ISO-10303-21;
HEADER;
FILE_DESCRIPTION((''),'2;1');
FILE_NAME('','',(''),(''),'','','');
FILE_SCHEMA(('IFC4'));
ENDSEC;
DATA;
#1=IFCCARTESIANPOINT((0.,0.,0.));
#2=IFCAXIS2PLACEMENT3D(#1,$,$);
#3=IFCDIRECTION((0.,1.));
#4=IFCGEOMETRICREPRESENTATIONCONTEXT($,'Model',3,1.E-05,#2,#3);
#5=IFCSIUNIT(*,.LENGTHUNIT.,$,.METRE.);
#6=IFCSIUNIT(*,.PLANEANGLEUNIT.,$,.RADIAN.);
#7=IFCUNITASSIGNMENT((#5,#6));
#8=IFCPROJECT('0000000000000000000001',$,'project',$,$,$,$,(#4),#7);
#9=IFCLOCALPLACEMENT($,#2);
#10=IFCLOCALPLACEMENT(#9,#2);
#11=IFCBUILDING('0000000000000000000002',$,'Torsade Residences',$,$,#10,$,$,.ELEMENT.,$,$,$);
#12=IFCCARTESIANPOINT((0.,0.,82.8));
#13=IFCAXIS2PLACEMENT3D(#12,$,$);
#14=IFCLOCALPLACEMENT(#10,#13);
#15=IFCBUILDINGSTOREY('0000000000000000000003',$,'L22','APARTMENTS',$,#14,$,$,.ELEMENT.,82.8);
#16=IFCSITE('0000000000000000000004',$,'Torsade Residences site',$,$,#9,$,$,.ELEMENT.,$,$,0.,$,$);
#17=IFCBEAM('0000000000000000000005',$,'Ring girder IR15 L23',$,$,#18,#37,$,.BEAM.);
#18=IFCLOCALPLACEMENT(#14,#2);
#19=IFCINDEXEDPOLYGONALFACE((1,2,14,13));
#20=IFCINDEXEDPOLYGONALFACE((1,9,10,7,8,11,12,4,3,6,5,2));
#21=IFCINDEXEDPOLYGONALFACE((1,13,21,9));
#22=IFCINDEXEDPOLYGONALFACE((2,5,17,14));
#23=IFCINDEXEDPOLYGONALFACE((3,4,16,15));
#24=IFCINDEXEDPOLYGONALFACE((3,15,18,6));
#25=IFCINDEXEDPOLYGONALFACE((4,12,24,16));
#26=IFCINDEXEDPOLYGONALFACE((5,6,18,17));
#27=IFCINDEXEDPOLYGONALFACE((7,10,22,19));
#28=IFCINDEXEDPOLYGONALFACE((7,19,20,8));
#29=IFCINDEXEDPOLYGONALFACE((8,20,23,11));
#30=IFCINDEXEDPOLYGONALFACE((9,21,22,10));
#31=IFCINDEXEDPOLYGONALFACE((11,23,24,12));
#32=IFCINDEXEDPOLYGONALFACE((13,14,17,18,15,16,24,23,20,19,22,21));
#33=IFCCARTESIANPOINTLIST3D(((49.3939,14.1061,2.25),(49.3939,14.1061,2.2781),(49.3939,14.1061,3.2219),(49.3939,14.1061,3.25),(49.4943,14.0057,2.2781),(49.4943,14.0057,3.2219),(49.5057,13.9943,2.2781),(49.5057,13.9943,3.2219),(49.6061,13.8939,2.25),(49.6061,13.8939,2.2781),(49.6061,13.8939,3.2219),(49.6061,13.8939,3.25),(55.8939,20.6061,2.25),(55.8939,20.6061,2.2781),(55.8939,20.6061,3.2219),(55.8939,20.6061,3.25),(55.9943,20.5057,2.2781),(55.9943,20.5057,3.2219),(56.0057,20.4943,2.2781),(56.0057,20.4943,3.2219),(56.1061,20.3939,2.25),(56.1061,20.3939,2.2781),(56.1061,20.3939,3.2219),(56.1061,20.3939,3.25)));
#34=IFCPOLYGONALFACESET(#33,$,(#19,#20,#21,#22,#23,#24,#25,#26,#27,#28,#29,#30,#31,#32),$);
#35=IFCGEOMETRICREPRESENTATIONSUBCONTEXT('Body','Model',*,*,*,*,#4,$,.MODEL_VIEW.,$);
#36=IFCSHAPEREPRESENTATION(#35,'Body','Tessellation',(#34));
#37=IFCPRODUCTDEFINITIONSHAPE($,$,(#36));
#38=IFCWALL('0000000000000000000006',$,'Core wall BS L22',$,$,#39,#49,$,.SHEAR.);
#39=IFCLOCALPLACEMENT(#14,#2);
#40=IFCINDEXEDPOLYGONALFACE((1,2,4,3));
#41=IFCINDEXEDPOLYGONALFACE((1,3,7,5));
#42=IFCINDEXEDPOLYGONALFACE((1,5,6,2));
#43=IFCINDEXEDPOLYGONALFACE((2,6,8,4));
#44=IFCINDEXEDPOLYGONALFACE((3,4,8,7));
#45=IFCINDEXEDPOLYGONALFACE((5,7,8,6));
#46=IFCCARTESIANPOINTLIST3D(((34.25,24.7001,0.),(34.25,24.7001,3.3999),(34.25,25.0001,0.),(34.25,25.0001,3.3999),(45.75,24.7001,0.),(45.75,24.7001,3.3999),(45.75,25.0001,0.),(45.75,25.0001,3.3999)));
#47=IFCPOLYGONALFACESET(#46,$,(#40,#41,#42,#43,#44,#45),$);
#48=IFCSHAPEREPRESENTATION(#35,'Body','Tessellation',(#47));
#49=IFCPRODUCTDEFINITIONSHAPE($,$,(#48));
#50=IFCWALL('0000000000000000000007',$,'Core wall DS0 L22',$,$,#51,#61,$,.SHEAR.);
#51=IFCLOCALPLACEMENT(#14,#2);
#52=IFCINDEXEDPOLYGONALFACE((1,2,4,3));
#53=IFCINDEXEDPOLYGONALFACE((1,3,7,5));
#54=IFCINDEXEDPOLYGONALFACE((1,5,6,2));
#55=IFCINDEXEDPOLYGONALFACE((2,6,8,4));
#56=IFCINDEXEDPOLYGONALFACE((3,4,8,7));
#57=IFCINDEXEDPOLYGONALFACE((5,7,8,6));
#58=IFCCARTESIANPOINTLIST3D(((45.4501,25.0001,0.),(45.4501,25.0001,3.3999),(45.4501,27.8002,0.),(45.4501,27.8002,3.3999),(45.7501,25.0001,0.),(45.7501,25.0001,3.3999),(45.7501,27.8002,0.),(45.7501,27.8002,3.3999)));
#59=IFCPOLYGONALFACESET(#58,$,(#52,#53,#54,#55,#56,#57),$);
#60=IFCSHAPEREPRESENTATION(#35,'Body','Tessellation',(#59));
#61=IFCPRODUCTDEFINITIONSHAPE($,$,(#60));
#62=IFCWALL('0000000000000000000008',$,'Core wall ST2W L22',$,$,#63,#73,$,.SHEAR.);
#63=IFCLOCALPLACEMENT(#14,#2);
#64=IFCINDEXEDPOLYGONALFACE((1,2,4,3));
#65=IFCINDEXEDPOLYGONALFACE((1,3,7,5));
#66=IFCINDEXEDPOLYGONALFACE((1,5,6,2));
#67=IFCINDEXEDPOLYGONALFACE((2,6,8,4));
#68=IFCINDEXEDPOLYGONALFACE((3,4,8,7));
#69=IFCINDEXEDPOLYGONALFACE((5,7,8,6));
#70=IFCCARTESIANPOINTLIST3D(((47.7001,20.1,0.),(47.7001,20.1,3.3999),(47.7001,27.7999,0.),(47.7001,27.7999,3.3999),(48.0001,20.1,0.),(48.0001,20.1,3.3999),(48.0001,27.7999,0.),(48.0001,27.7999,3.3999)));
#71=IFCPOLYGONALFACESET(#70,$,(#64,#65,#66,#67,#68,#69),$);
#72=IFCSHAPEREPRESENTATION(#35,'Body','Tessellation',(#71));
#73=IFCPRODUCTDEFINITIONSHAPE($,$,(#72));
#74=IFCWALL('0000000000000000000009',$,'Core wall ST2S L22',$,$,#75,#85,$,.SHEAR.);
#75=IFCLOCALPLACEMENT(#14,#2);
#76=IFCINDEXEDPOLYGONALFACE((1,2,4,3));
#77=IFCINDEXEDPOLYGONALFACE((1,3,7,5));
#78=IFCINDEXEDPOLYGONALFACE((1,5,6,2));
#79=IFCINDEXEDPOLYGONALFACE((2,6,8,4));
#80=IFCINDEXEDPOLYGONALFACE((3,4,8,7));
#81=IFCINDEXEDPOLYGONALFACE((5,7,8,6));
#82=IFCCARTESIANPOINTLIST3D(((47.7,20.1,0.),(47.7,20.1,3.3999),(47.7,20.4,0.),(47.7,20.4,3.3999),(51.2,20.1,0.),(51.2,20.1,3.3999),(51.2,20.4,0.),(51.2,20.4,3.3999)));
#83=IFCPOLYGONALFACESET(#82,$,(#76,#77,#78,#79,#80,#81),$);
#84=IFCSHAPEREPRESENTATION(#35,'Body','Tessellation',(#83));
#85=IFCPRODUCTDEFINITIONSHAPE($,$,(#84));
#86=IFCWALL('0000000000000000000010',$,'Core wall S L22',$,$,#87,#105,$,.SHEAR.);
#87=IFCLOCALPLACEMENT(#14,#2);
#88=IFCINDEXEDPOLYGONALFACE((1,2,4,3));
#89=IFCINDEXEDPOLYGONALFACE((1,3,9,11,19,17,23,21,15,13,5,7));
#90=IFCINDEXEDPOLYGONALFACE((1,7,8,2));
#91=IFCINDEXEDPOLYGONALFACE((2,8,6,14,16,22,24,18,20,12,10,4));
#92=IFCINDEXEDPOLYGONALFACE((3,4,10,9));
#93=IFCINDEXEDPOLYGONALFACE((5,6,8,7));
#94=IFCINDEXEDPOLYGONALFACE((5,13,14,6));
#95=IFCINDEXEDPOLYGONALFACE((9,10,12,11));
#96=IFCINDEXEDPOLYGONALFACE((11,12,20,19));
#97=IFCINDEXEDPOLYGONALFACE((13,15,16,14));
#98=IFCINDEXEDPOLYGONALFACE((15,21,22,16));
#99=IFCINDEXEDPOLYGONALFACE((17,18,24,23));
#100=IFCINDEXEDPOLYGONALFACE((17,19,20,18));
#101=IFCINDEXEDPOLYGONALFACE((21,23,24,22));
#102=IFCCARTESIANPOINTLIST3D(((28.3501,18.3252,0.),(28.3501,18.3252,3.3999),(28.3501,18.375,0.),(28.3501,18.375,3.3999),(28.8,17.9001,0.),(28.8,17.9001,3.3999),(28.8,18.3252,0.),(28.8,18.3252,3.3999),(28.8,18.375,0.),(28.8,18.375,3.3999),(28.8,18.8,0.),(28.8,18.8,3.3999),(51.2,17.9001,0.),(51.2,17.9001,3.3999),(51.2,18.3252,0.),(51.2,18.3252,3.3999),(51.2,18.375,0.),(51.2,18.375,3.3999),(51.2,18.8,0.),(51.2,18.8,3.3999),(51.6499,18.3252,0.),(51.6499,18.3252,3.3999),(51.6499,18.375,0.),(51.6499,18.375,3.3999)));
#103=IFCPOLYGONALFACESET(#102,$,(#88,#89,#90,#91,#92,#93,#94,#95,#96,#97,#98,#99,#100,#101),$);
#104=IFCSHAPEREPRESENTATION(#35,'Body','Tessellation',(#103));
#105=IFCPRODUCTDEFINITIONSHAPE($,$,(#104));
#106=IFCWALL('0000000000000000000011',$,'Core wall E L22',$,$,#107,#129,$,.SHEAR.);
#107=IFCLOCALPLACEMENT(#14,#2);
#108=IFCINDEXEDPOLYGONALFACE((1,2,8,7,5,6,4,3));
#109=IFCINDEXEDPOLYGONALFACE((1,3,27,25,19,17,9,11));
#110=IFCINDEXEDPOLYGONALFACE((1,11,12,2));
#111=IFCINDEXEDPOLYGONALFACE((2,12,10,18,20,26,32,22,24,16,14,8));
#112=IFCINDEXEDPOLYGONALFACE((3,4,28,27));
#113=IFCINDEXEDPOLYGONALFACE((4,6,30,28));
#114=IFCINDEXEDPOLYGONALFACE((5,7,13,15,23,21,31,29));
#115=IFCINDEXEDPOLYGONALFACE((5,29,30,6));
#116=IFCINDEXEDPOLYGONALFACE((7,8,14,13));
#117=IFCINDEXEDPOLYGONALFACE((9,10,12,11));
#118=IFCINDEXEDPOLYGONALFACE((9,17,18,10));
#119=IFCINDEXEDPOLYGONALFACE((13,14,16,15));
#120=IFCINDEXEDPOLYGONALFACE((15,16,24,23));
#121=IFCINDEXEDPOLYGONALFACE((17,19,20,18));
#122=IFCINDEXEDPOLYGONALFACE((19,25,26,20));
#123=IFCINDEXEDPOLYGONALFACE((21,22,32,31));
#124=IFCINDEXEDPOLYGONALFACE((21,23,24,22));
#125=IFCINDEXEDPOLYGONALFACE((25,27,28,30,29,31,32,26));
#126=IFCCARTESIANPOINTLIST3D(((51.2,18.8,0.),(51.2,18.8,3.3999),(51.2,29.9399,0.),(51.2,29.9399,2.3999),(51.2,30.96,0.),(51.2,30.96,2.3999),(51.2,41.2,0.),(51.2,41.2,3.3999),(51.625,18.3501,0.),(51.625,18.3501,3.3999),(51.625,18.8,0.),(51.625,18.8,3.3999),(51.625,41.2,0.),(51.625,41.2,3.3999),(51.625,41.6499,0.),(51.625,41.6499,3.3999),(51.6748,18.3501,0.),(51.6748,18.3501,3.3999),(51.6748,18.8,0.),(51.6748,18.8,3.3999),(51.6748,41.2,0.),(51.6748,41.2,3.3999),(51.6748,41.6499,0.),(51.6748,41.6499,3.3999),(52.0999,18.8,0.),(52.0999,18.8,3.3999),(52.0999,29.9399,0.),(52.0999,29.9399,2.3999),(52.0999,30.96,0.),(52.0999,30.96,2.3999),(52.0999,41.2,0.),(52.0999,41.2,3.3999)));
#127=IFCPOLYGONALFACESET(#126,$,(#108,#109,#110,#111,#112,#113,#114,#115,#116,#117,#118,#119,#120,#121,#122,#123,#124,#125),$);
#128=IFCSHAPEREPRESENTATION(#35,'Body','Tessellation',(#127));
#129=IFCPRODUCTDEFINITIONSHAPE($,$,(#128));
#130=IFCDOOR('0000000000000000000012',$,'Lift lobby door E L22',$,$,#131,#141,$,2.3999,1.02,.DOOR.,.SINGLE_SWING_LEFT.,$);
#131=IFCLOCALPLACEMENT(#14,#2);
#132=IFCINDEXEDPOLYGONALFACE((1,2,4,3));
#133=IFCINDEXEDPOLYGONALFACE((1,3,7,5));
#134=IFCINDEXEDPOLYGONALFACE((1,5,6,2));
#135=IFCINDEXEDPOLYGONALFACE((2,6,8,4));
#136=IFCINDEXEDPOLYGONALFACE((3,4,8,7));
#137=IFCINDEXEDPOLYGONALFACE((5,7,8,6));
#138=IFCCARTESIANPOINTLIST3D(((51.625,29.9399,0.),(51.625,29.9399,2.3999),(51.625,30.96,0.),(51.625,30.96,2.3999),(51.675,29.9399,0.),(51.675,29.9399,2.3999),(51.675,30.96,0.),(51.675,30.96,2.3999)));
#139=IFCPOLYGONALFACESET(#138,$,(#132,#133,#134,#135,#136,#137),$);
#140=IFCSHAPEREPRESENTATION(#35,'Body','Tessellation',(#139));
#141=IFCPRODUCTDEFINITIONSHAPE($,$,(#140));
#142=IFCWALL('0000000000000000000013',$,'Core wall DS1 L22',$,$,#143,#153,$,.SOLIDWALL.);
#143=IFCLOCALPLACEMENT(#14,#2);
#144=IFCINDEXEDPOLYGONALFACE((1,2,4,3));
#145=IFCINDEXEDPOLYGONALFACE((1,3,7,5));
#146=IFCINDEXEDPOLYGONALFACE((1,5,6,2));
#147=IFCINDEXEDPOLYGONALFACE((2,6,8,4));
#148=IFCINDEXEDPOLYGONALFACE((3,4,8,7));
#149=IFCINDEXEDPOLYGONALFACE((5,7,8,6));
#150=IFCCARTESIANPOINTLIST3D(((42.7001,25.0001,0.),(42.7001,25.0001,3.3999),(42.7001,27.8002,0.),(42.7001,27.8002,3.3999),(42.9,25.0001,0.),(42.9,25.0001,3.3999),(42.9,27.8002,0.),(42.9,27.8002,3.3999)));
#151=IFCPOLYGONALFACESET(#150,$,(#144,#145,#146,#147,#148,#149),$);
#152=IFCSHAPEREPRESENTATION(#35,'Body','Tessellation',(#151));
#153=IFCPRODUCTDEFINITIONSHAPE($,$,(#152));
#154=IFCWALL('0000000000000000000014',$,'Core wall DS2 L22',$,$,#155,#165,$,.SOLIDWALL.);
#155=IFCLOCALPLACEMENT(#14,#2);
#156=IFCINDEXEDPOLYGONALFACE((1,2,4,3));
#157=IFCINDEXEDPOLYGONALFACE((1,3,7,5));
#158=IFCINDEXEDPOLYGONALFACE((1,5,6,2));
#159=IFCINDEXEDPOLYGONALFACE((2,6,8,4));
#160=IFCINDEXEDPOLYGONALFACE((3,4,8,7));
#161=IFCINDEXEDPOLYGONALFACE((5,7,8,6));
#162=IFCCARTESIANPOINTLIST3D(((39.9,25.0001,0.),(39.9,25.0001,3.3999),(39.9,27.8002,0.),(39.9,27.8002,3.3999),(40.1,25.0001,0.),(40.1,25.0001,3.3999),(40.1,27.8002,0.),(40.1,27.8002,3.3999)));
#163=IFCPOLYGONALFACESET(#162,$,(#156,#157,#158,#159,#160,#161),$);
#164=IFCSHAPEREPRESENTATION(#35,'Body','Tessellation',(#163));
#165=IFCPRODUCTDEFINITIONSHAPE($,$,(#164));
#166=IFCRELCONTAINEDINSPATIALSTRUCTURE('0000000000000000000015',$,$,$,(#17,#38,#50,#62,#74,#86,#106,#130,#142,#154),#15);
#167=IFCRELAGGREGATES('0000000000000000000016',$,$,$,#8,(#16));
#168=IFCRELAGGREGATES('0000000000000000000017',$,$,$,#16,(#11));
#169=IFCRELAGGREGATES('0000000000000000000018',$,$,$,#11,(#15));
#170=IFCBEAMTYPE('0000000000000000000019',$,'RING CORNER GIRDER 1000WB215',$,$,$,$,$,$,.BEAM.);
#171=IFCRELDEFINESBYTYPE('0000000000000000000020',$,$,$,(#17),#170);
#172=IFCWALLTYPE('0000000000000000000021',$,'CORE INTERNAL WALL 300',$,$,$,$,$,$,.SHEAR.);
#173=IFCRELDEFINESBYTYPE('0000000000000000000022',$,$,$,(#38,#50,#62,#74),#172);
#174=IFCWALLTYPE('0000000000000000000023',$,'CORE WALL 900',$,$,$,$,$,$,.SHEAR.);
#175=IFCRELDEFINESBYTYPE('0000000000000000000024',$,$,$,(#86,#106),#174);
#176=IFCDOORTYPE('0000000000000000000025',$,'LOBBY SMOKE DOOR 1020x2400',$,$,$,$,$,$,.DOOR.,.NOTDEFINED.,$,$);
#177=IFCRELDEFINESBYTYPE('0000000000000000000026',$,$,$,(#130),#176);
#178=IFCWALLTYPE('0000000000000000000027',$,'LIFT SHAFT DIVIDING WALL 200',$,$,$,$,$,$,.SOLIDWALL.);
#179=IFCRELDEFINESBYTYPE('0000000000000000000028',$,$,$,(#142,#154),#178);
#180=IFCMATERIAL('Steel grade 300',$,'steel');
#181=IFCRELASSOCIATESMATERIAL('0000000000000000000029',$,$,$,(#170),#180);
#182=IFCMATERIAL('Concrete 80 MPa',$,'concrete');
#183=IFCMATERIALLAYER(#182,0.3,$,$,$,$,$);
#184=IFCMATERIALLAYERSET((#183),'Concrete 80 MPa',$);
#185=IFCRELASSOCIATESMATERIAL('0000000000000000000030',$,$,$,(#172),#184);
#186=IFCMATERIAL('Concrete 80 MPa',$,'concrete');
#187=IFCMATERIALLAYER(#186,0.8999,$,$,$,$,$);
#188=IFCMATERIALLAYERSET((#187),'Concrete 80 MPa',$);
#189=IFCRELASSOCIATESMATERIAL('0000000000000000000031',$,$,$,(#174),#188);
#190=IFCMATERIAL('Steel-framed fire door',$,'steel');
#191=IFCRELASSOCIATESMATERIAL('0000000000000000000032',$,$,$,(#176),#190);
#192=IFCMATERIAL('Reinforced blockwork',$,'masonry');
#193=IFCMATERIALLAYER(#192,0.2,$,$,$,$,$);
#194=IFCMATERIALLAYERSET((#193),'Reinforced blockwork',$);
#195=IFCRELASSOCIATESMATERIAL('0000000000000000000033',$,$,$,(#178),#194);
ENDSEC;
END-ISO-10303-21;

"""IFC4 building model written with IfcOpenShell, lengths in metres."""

from ifc_helpers import new_model, si_unit, direction, frame, frame_2d, origin, origin_2d, place, context, subcontext, project, spatial, polyline, rectangle, i_section, outline, extrude, material, layer, layer_set, material_profile, profile_set, type_object, element, fill, save


model = new_model("IFC4")

# Units and contexts
model_context = context("Model", 3, precision=1e-05, world=origin(), true_north=direction((0.0, 1.0)))
body_context = subcontext(model_context, "Body", "Model", "MODEL_VIEW")
ifc_project = project(units=[si_unit("LENGTHUNIT", "METRE"), si_unit("PLANEANGLEUNIT", "RADIAN")], contexts=[model_context])

# Site, building, storey
site_placement = place(None, origin())
site = spatial("IfcSite", under=ifc_project, at=site_placement, Name="Torsade Residences site", CompositionType="ELEMENT", RefElevation=0.0)
building_placement = place(site_placement, origin())
building = spatial("IfcBuilding", under=site, at=building_placement, Name="Torsade Residences", CompositionType="ELEMENT")
storey_placement = place(building_placement, frame((0.0, 0.0, 82.8)))
storey = spatial("IfcBuildingStorey", under=building, at=storey_placement, Name="L22", Description="APARTMENTS", CompositionType="ELEMENT", Elevation=82.8)

# Beam
ifc_material_1 = material(Name="Steel grade 300", Category="steel")
ifc_material_profile_1 = material_profile(ifc_material_1, i_section(OverallWidth=0.3, OverallDepth=1.0, WebThickness=0.0161, FlangeThickness=0.0281, at=origin_2d()), Name="1000WB215")
ifc_profile_set_1 = profile_set([ifc_material_profile_1], Name="Steel grade 300")
beam_type_1 = type_object("IfcBeamType", Name="RING CORNER GIRDER 1000WB215", PredefinedType="BEAM", material=ifc_profile_set_1)
beam_1_placement = place(storey_placement, frame((49.5, 14.0, 2.75), z_axis=(0.707107, 0.707107, 0.0), x_axis=(-0.707107, 0.707107, 0.0)))
element("IfcBeam", 1, at=beam_1_placement, inside=storey, type_object=beam_type_1, Name="Ring girder IR15 L23", PredefinedType="BEAM", context=body_context, shape_type="SweptSolid", body=[
    extrude(i_section(OverallWidth=0.3, OverallDepth=1.0, WebThickness=0.0161, FlangeThickness=0.0281, at=origin_2d()), origin(), (0.0, 0.0, 1.0), 9.1924),
])

# Walls
ifc_material_2 = material(Name="Concrete 80 MPa", Category="concrete")
ifc_layer_1 = layer(ifc_material_2, 0.3)
ifc_layer_set_1 = layer_set([ifc_layer_1], Name="Concrete 80 MPa")
wall_type_1 = type_object("IfcWallType", Name="CORE INTERNAL WALL 300", PredefinedType="SHEAR", material=ifc_layer_set_1)
wall_1_placement = place(storey_placement, frame((45.75, 24.8501, 0.0), z_axis=(0.0, 0.0, 1.0), x_axis=(-1.0, 0.0, 0.0)))
element("IfcWall", 2, at=wall_1_placement, inside=storey, type_object=wall_type_1, Name="Core wall BS L22", PredefinedType="SHEAR", context=body_context, shape_type="SweptSolid", body=[
    extrude(rectangle(XDim=11.5, YDim=0.3, at=frame_2d((5.75, 0.0))), origin(), (0.0, 0.0, 1.0), 3.3999),
])
wall_2_placement = place(storey_placement, frame((45.6001, 27.8, 0.0), z_axis=(0.0, 0.0, 1.0), x_axis=(0.0, -1.0, 0.0)))
element("IfcWall", 3, at=wall_2_placement, inside=storey, type_object=wall_type_1, Name="Core wall DS0 L22", PredefinedType="SHEAR", context=body_context, shape_type="SweptSolid", body=[
    extrude(rectangle(XDim=2.8, YDim=0.3, at=frame_2d((1.3999, 0.0))), origin(), (0.0, 0.0, 1.0), 3.3999),
])
wall_3_placement = place(storey_placement, frame((47.8501, 27.8, 0.0), z_axis=(0.0, 0.0, 1.0), x_axis=(0.0, -1.0, 0.0)))
element("IfcWall", 4, at=wall_3_placement, inside=storey, type_object=wall_type_1, Name="Core wall ST2W L22", PredefinedType="SHEAR", context=body_context, shape_type="SweptSolid", body=[
    extrude(rectangle(XDim=7.7, YDim=0.3, at=frame_2d((3.8501, 0.0))), origin(), (0.0, 0.0, 1.0), 3.3999),
])
wall_4_placement = place(storey_placement, frame((51.2, 20.25, 0.0), z_axis=(0.0, 0.0, 1.0), x_axis=(-1.0, 0.0, 0.0)))
element("IfcWall", 5, at=wall_4_placement, inside=storey, type_object=wall_type_1, Name="Core wall ST2S L22", PredefinedType="SHEAR", context=body_context, shape_type="SweptSolid", body=[
    extrude(rectangle(XDim=3.5, YDim=0.3, at=frame_2d((1.75, 0.0))), origin(), (0.0, 0.0, 1.0), 3.3999),
])
ifc_material_3 = material(Name="Concrete 80 MPa", Category="concrete")
ifc_layer_2 = layer(ifc_material_3, 0.8999)
ifc_layer_set_2 = layer_set([ifc_layer_2], Name="Concrete 80 MPa")
wall_type_2 = type_object("IfcWallType", Name="CORE WALL 900", PredefinedType="SHEAR", material=ifc_layer_set_2)
wall_5_placement = place(storey_placement, frame((51.2, 18.3501, 0.0), z_axis=(0.0, 0.0, 1.0), x_axis=(-1.0, 0.0, 0.0)))
element("IfcWall", 6, at=wall_5_placement, inside=storey, type_object=wall_type_2, Name="Core wall S L22", PredefinedType="SHEAR", context=body_context, shape_type="SweptSolid", body=[
    extrude(outline(polyline([(0.0, -0.45), (22.3999, -0.45), (22.3999, -0.0249), (22.8499, -0.0249), (22.8499, 0.0249), (22.3999, 0.0249), (22.3999, 0.45), (0.0, 0.45), (0.0, 0.0249), (-0.45, 0.0249), (-0.45, -0.0249), (0.0, -0.0249), (0.0, -0.45)])), origin(), (0.0, 0.0, 1.0), 3.3999),
])

# Wall, opening, door
wall_6_placement = place(storey_placement, frame((51.6499, 18.8, 0.0), z_axis=(0.0, 0.0, 1.0), x_axis=(0.0, 1.0, 0.0)))
wall_6 = element("IfcWall", 7, at=wall_6_placement, inside=storey, type_object=wall_type_2, Name="Core wall E L22", PredefinedType="SHEAR", context=body_context, shape_type="SweptSolid", body=[
    extrude(outline(polyline([(0.0, -0.45), (22.3999, -0.45), (22.3999, -0.0249), (22.8499, -0.0249), (22.8499, 0.0249), (22.3999, 0.0249), (22.3999, 0.45), (0.0, 0.45), (0.0, 0.0249), (-0.45, 0.0249), (-0.45, -0.0249), (0.0, -0.0249), (0.0, -0.45)])), origin(), (0.0, 0.0, 1.0), 3.3999),
])
opening_1_placement = place(wall_6_placement, frame((11.1399, 0.0, 0.0)))
opening_1 = element("IfcOpeningElement", 8, at=opening_1_placement, cuts=wall_6, PredefinedType="OPENING", context=body_context, shape_type="SweptSolid", body=[
    extrude(rectangle(XDim=1.02, YDim=2.3999, at=frame_2d((0.51, 1.2))), frame((0.0, 0.46, 0.0), z_axis=(0.0, -1.0, 0.0), x_axis=(1.0, 0.0, 0.0)), (0.0, 0.0, 1.0), 0.9199),
])
ifc_material_4 = material(Name="Steel-framed fire door", Category="steel")
door_type_1 = type_object("IfcDoorType", Name="LOBBY SMOKE DOOR 1020x2400", OperationType="NOTDEFINED", PredefinedType="DOOR", material=ifc_material_4)
door_1_placement = place(opening_1_placement, origin())
door_1 = element("IfcDoor", 9, at=door_1_placement, inside=storey, type_object=door_type_1, Name="Lift lobby door E L22", OperationType="SINGLE_SWING_LEFT", OverallHeight=2.3999, OverallWidth=1.02, PredefinedType="DOOR", context=body_context, shape_type="SweptSolid", body=[
    extrude(rectangle(XDim=1.02, YDim=2.3999, at=frame_2d((0.51, 1.2))), frame((0.0, 0.0249, 0.0), z_axis=(0.0, -1.0, 0.0), x_axis=(1.0, 0.0, 0.0)), (0.0, 0.0, 1.0), 0.05),
])
fill(opening_1, door_1)

# Walls
ifc_material_5 = material(Name="Reinforced blockwork", Category="masonry")
ifc_layer_3 = layer(ifc_material_5, 0.2)
ifc_layer_set_3 = layer_set([ifc_layer_3], Name="Reinforced blockwork")
wall_type_3 = type_object("IfcWallType", Name="LIFT SHAFT DIVIDING WALL 200", PredefinedType="SOLIDWALL", material=ifc_layer_set_3)
for number, where, z_axis, x_axis, name in (
    (10, (42.8, 27.8, 0.0), (0.0, 0.0, 1.0), (0.0, -1.0, 0.0), "Core wall DS1 L22"),
    (11, (40.0, 27.8, 0.0), (0.0, 0.0, 1.0), (0.0, -1.0, 0.0), "Core wall DS2 L22"),
):
    element("IfcWall", number, at=place(storey_placement, frame(where, z_axis=z_axis, x_axis=x_axis)), inside=storey, type_object=wall_type_3, Name=name, PredefinedType="SOLIDWALL", context=body_context, shape_type="SweptSolid", body=[
        extrude(rectangle(XDim=2.8, YDim=0.2, at=frame_2d((1.3999, 0.0))), origin(), (0.0, 0.0, 1.0), 3.3999),
    ])

save(model, "model.ifc")
